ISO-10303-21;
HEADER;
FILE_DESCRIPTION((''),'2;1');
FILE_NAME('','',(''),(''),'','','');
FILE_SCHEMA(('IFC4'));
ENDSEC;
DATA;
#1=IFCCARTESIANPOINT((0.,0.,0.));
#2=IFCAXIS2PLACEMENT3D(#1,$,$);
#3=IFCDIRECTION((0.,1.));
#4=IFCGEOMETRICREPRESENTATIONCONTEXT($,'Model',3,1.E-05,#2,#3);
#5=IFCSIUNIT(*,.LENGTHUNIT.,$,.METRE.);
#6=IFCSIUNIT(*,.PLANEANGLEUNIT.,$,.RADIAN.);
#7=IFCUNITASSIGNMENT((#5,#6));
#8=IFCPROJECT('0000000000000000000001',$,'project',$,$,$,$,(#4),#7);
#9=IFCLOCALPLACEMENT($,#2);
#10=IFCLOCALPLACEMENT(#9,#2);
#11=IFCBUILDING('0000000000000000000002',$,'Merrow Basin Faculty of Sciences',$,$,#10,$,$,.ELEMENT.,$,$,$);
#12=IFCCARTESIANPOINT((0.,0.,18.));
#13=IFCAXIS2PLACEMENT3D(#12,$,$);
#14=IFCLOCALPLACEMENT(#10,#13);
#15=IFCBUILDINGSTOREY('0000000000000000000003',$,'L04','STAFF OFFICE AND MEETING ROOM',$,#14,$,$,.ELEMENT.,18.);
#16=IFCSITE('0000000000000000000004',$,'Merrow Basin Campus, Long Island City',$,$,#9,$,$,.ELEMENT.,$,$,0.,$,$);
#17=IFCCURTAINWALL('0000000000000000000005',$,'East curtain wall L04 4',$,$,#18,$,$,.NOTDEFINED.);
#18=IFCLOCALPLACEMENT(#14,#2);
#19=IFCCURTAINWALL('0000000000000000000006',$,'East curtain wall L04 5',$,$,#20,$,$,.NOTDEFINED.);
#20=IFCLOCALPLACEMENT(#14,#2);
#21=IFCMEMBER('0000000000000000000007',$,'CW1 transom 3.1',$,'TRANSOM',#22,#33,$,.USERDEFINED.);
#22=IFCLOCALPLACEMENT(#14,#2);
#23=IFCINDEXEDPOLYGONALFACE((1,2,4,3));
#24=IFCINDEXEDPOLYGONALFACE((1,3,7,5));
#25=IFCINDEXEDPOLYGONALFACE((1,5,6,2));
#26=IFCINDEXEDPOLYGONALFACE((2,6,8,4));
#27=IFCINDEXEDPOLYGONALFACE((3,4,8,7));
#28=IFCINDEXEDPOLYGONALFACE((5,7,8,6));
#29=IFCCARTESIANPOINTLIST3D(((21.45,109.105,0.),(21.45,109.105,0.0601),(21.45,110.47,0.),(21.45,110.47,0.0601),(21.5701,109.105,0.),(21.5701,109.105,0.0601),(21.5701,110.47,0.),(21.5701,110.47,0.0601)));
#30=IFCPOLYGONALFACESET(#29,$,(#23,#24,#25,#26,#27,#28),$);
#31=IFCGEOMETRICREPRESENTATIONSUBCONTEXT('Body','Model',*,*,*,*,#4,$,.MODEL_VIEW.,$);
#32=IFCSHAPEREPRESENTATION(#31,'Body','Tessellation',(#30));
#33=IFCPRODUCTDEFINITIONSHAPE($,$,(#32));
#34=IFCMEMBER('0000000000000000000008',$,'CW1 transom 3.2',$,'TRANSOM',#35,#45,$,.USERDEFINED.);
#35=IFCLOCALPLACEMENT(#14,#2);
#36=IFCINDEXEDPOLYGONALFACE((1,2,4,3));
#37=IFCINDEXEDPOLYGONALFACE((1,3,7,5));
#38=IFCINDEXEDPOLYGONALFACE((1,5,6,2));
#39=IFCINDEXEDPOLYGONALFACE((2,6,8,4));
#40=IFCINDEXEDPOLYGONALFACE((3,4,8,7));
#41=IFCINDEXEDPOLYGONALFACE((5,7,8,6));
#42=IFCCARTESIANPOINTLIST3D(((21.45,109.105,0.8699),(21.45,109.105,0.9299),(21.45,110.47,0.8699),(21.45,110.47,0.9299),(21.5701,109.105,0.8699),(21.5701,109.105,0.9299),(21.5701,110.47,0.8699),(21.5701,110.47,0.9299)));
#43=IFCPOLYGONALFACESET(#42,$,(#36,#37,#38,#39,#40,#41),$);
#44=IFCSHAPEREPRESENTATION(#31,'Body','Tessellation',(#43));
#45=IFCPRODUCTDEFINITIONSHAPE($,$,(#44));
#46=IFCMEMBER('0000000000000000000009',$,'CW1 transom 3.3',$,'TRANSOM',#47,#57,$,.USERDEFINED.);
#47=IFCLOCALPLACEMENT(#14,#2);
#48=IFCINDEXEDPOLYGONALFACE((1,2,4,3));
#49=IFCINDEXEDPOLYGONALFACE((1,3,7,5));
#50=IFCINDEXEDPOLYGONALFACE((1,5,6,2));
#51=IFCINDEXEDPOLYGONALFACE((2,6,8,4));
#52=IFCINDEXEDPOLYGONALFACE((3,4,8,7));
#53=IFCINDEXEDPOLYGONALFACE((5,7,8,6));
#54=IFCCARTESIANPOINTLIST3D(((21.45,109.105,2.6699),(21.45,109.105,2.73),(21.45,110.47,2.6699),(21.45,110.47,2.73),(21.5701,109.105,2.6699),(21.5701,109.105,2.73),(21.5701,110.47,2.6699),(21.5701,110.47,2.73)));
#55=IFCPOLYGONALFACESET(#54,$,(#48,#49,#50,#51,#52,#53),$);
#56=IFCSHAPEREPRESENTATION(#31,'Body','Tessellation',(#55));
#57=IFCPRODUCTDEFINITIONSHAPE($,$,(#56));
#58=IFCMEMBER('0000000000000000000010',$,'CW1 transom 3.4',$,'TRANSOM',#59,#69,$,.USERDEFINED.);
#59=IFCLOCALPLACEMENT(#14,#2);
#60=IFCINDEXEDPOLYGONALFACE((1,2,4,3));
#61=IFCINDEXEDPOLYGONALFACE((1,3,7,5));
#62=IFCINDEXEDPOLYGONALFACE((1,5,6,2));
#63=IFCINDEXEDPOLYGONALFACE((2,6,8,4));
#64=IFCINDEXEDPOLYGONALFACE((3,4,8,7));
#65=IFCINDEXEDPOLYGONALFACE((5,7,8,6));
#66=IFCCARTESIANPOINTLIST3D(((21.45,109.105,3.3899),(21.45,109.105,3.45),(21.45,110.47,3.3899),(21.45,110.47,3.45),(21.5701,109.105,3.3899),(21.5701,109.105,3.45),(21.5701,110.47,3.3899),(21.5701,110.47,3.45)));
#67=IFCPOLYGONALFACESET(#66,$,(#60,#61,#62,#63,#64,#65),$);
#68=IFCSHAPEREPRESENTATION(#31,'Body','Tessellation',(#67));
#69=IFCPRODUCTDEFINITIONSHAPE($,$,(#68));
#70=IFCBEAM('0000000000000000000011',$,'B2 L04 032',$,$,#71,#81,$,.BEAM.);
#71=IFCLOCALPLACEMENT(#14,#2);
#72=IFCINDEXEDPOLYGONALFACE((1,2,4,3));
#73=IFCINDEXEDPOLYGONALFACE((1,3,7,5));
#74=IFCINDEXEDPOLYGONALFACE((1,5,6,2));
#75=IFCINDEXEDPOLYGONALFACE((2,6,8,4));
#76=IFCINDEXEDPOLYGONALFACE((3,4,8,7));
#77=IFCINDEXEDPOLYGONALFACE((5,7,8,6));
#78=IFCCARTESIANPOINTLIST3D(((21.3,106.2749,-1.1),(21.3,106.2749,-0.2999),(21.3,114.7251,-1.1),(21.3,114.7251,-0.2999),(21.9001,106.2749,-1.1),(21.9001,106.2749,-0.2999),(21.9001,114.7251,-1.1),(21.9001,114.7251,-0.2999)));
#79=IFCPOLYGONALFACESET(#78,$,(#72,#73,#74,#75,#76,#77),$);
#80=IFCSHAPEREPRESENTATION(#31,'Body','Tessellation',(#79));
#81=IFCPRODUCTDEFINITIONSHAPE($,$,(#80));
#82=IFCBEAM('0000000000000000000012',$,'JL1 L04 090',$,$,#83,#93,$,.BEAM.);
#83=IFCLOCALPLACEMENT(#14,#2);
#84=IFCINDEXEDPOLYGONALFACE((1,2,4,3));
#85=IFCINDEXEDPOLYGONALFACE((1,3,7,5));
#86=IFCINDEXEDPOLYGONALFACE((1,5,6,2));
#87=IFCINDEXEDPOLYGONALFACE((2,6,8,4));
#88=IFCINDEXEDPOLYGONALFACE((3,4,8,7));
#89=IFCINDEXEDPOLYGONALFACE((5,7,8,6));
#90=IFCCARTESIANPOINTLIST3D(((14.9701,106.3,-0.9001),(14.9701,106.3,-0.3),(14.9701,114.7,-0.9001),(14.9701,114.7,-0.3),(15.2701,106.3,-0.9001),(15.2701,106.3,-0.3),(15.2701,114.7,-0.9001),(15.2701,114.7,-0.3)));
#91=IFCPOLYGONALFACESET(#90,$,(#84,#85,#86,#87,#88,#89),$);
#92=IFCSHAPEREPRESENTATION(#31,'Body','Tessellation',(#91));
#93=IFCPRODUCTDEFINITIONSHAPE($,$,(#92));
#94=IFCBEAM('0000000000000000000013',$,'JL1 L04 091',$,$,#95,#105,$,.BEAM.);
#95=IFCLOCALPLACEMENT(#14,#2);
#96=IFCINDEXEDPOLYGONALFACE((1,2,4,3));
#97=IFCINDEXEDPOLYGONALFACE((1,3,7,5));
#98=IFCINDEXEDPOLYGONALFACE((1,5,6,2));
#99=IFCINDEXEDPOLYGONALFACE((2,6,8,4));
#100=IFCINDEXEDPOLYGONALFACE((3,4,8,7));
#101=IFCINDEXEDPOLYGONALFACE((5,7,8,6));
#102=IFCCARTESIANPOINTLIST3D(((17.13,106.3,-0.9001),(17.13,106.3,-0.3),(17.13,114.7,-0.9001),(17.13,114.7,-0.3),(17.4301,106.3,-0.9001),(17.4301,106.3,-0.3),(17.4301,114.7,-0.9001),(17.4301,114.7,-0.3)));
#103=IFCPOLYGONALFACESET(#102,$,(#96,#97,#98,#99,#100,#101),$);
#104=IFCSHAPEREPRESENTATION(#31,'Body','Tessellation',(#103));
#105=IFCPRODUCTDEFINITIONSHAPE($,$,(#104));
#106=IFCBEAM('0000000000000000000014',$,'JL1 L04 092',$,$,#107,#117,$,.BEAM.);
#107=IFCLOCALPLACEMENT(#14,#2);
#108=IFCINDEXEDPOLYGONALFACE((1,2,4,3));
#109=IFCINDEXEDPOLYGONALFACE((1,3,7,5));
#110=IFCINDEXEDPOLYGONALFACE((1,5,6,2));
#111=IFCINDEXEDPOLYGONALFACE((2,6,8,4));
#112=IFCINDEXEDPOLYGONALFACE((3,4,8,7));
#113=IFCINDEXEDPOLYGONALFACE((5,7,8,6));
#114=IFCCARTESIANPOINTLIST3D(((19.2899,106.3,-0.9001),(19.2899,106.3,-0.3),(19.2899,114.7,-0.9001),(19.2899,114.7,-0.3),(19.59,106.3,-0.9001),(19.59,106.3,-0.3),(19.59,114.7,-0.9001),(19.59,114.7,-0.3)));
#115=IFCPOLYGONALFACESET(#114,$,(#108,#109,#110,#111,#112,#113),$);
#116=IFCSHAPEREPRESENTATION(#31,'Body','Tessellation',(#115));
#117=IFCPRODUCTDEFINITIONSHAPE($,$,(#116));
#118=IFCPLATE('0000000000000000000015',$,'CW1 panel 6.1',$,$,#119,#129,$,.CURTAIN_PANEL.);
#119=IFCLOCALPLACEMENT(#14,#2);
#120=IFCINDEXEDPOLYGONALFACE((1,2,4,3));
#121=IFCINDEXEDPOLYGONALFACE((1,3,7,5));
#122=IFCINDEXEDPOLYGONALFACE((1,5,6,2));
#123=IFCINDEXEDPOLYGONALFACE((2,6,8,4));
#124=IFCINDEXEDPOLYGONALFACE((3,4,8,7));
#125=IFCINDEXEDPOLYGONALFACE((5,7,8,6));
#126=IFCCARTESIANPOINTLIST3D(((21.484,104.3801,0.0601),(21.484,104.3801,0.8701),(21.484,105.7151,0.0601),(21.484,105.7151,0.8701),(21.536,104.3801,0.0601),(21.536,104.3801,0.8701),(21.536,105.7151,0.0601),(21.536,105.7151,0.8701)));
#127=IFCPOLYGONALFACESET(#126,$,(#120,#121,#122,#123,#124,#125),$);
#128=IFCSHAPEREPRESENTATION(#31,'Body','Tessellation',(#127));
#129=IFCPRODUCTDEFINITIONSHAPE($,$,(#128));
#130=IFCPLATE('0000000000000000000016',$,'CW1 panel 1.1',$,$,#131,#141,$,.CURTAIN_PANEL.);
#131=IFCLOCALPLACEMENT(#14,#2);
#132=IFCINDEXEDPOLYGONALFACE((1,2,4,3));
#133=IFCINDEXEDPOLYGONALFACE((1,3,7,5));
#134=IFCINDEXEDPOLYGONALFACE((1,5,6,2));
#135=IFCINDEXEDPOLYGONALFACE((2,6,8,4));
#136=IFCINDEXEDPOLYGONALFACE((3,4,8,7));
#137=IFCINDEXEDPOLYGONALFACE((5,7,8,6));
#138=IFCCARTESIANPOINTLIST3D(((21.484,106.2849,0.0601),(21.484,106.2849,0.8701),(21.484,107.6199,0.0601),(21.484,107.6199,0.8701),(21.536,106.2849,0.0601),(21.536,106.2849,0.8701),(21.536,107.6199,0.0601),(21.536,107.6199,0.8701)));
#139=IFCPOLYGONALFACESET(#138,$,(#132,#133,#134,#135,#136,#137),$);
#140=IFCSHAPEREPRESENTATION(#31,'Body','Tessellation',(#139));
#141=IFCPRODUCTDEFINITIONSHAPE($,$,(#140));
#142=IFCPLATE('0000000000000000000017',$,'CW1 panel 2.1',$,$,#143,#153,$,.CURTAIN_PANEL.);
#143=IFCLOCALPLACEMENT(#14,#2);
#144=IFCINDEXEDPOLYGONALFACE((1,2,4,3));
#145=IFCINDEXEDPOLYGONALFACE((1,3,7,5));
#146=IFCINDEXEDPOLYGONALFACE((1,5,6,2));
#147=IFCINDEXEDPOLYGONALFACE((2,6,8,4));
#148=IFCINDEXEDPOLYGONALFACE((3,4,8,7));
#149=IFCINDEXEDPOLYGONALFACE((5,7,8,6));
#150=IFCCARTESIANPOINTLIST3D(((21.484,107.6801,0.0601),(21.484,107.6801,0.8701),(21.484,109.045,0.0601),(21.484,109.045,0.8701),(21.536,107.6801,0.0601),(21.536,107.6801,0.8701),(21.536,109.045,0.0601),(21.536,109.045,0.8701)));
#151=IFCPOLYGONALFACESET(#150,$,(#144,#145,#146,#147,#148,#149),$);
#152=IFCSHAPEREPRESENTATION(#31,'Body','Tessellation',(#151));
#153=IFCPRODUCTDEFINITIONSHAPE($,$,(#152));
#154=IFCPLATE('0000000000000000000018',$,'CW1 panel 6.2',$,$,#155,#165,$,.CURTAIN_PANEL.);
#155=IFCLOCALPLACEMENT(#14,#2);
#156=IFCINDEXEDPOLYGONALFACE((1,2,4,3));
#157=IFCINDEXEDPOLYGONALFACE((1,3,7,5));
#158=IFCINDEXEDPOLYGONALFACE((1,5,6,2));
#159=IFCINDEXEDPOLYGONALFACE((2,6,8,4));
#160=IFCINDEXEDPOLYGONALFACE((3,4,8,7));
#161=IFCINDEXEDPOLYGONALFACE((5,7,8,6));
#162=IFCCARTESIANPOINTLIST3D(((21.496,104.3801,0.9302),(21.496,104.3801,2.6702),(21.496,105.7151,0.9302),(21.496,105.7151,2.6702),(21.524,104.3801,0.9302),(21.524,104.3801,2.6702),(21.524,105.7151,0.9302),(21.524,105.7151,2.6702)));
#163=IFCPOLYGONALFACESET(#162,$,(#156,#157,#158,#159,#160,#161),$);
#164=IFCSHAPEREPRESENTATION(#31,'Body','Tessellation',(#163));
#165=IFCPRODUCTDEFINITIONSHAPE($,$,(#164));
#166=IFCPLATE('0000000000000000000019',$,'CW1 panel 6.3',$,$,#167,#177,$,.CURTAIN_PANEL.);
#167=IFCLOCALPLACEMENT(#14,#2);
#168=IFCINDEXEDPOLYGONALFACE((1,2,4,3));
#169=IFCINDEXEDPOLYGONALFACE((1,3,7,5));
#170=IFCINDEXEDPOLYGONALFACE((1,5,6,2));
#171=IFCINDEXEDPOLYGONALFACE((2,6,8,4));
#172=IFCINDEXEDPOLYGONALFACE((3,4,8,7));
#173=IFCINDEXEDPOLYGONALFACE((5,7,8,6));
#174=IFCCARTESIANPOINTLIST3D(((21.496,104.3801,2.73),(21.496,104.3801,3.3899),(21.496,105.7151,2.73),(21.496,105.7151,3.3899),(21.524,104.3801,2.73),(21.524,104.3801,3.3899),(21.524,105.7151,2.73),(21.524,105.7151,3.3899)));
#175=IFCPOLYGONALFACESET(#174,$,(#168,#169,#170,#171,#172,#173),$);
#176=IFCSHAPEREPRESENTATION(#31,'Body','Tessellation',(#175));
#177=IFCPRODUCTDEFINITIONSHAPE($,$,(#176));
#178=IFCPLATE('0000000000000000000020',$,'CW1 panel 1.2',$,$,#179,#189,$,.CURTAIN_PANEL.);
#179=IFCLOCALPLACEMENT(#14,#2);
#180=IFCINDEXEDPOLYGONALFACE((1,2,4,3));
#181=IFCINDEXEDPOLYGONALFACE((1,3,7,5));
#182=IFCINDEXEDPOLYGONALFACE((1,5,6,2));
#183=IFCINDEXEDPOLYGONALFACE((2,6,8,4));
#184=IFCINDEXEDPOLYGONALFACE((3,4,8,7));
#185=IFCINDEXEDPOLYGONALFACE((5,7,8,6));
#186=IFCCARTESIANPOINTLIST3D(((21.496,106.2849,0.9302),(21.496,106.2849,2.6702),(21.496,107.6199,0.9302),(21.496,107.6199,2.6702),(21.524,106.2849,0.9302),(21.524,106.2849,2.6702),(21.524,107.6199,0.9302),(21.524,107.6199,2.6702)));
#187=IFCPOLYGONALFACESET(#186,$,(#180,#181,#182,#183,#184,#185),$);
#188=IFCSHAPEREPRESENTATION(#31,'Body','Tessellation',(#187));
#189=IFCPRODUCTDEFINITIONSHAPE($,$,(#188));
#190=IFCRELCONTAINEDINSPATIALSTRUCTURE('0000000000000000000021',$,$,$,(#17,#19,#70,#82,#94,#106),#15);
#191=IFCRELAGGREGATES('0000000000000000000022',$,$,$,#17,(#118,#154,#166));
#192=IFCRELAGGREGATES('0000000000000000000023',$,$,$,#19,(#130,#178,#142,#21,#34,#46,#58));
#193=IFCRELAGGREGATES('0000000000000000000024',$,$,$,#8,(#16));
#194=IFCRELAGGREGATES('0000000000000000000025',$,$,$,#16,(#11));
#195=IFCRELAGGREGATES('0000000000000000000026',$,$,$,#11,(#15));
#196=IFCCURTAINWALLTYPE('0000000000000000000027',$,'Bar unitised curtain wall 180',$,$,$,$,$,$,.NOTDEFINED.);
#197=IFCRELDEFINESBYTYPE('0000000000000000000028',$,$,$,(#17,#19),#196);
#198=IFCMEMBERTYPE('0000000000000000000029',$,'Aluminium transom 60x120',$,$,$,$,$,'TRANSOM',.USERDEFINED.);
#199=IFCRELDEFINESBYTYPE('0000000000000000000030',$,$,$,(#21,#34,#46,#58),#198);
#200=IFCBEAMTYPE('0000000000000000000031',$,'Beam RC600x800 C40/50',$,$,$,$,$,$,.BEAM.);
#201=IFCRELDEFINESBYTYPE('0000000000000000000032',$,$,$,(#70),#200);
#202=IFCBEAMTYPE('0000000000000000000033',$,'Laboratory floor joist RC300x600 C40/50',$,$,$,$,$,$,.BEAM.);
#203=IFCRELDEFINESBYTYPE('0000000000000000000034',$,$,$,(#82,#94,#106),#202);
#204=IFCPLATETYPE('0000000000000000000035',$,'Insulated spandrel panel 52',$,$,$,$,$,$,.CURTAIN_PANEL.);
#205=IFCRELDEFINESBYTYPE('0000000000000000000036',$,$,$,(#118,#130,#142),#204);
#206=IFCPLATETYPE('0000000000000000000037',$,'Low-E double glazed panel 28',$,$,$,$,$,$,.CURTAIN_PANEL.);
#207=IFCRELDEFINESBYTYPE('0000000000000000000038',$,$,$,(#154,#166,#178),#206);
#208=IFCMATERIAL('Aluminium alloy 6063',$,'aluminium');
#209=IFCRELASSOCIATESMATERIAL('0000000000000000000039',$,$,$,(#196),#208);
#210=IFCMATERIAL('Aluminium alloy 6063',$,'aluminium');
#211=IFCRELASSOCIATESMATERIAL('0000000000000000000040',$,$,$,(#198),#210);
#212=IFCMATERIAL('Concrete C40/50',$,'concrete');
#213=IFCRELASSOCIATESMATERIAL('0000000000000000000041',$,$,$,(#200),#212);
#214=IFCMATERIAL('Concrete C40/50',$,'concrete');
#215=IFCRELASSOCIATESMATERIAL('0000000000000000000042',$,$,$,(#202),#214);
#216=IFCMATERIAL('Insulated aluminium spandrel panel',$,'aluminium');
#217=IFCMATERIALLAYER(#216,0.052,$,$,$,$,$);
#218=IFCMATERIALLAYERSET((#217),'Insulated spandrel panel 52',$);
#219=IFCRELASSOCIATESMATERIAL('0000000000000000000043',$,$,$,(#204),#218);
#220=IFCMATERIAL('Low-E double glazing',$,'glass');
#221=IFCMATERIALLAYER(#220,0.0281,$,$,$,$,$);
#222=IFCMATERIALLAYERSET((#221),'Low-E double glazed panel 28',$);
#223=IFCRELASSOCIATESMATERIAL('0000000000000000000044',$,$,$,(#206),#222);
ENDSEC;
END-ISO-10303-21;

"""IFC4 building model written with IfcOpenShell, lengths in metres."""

from ifc_helpers import new_model, si_unit, direction, frame, origin, origin_2d, place, context, subcontext, project, spatial, rectangle, extrude, material, layer, layer_set, material_profile, profile_set, type_object, element, aggregate, save


model = new_model("IFC4")

# Units and contexts
model_context = context("Model", 3, precision=1e-05, world=origin(), true_north=direction((0.0, 1.0)))
body_context = subcontext(model_context, "Body", "Model", "MODEL_VIEW")
ifc_project = project(units=[si_unit("LENGTHUNIT", "METRE"), si_unit("PLANEANGLEUNIT", "RADIAN")], contexts=[model_context])

# Site, building, storey
site_placement = place(None, origin())
site = spatial("IfcSite", under=ifc_project, at=site_placement, Name="Merrow Basin Campus, Long Island City", CompositionType="ELEMENT", RefElevation=0.0)
building_placement = place(site_placement, origin())
building = spatial("IfcBuilding", under=site, at=building_placement, Name="Merrow Basin Faculty of Sciences", CompositionType="ELEMENT")
storey_placement = place(building_placement, frame((0.0, 0.0, 18.0)))
storey = spatial("IfcBuildingStorey", under=building, at=storey_placement, Name="L04", Description="STAFF OFFICE AND MEETING ROOM", CompositionType="ELEMENT", Elevation=18.0)

# Curtain wall
ifc_material_1 = material(Name="Aluminium alloy 6063", Category="aluminium")
curtain_wall_type = type_object("IfcCurtainWallType", Name="Bar unitised curtain wall 180", PredefinedType="NOTDEFINED", material=ifc_material_1)
curtain_wall_1_placement = place(storey_placement, origin())
curtain_wall_1 = element("IfcCurtainWall", 1, at=curtain_wall_1_placement, inside=storey, type_object=curtain_wall_type, Name="East curtain wall L04 4", PredefinedType="NOTDEFINED")

# Curtain wall
curtain_wall_2_placement = place(storey_placement, origin())
curtain_wall_2 = element("IfcCurtainWall", 2, at=curtain_wall_2_placement, inside=storey, type_object=curtain_wall_type, Name="East curtain wall L04 5", PredefinedType="NOTDEFINED")

# Members
ifc_material_2 = material(Name="Aluminium alloy 6063", Category="aluminium")
ifc_material_profile_1 = material_profile(ifc_material_2, rectangle(XDim=0.1201, YDim=0.0601, at=origin_2d()))
ifc_profile_set_1 = profile_set([ifc_material_profile_1], Name="Aluminium alloy 6063")
member_type_1 = type_object("IfcMemberType", Name="Aluminium transom 60x120", ElementType="TRANSOM", PredefinedType="USERDEFINED", material=ifc_profile_set_1)
member_1_placement = place(storey_placement, frame((21.51, 109.105, 0.03), z_axis=(0.0, 1.0, 0.0), x_axis=(-1.0, 0.0, 0.0)))
member_1 = element("IfcMember", 3, at=member_1_placement, type_object=member_type_1, Name="CW1 transom 3.1", ObjectType="TRANSOM", PredefinedType="USERDEFINED", context=body_context, shape_type="SweptSolid", body=[
    extrude(rectangle(XDim=0.1201, YDim=0.0601, at=origin_2d()), origin(), (0.0, 0.0, 1.0), 1.365),
])
member_2_placement = place(storey_placement, frame((21.51, 109.105, 0.8999), z_axis=(0.0, 1.0, 0.0), x_axis=(-1.0, 0.0, 0.0)))
member_2 = element("IfcMember", 4, at=member_2_placement, type_object=member_type_1, Name="CW1 transom 3.2", ObjectType="TRANSOM", PredefinedType="USERDEFINED", context=body_context, shape_type="SweptSolid", body=[
    extrude(rectangle(XDim=0.1201, YDim=0.0601, at=origin_2d()), origin(), (0.0, 0.0, 1.0), 1.365),
])
member_3_placement = place(storey_placement, frame((21.51, 109.105, 2.7), z_axis=(0.0, 1.0, 0.0), x_axis=(-1.0, 0.0, 0.0)))
member_3 = element("IfcMember", 5, at=member_3_placement, type_object=member_type_1, Name="CW1 transom 3.3", ObjectType="TRANSOM", PredefinedType="USERDEFINED", context=body_context, shape_type="SweptSolid", body=[
    extrude(rectangle(XDim=0.1201, YDim=0.0601, at=origin_2d()), origin(), (0.0, 0.0, 1.0), 1.365),
])
member_4_placement = place(storey_placement, frame((21.51, 109.105, 3.4199), z_axis=(0.0, 1.0, 0.0), x_axis=(-1.0, 0.0, 0.0)))
member_4 = element("IfcMember", 6, at=member_4_placement, type_object=member_type_1, Name="CW1 transom 3.4", ObjectType="TRANSOM", PredefinedType="USERDEFINED", context=body_context, shape_type="SweptSolid", body=[
    extrude(rectangle(XDim=0.1201, YDim=0.0601, at=origin_2d()), origin(), (0.0, 0.0, 1.0), 1.365),
])

# Beams
ifc_material_3 = material(Name="Concrete C40/50", Category="concrete")
ifc_material_profile_2 = material_profile(ifc_material_3, rectangle(XDim=0.6001, YDim=0.8, at=origin_2d()))
ifc_profile_set_2 = profile_set([ifc_material_profile_2], Name="Concrete C40/50")
beam_type_1 = type_object("IfcBeamType", Name="Beam RC600x800 C40/50", PredefinedType="BEAM", material=ifc_profile_set_2)
beam_placement = place(storey_placement, frame((21.6001, 106.2749, -0.7), z_axis=(0.0, 1.0, 0.0), x_axis=(-1.0, 0.0, 0.0)))
element("IfcBeam", 7, at=beam_placement, inside=storey, type_object=beam_type_1, Name="B2 L04 032", PredefinedType="BEAM", context=body_context, shape_type="SweptSolid", body=[
    extrude(rectangle(XDim=0.6001, YDim=0.8, at=origin_2d()), origin(), (0.0, 0.0, 1.0), 8.4502),
])
ifc_material_4 = material(Name="Concrete C40/50", Category="concrete")
ifc_material_profile_3 = material_profile(ifc_material_4, rectangle(XDim=0.3, YDim=0.6001, at=origin_2d()))
ifc_profile_set_3 = profile_set([ifc_material_profile_3], Name="Concrete C40/50")
beam_type_2 = type_object("IfcBeamType", Name="Laboratory floor joist RC300x600 C40/50", PredefinedType="BEAM", material=ifc_profile_set_3)
for number, where, z_axis, x_axis, name in (
    (8, (15.1201, 106.3, -0.6001), (0.0, 1.0, 0.0), (-1.0, 0.0, 0.0), "JL1 L04 090"),
    (9, (17.28, 106.3, -0.6001), (0.0, 1.0, 0.0), (-1.0, 0.0, 0.0), "JL1 L04 091"),
    (10, (19.4399, 106.3, -0.6001), (0.0, 1.0, 0.0), (-1.0, 0.0, 0.0), "JL1 L04 092"),
):
    element("IfcBeam", number, at=place(storey_placement, frame(where, z_axis=z_axis, x_axis=x_axis)), inside=storey, type_object=beam_type_2, Name=name, PredefinedType="BEAM", context=body_context, shape_type="SweptSolid", body=[
        extrude(rectangle(XDim=0.3, YDim=0.6001, at=origin_2d()), origin(), (0.0, 0.0, 1.0), 8.3999),
    ])

# Plates
ifc_material_5 = material(Name="Insulated aluminium spandrel panel", Category="aluminium")
ifc_layer_1 = layer(ifc_material_5, 0.052)
ifc_layer_set_1 = layer_set([ifc_layer_1], Name="Insulated spandrel panel 52")
plate_type_1 = type_object("IfcPlateType", Name="Insulated spandrel panel 52", PredefinedType="CURTAIN_PANEL", material=ifc_layer_set_1)
plate_1_placement = place(storey_placement, frame((21.51, 105.0476, 0.0601), z_axis=(0.0, 0.0, 1.0), x_axis=(0.0, 1.0, 0.0)))
plate_1 = element("IfcPlate", 11, at=plate_1_placement, type_object=plate_type_1, Name="CW1 panel 6.1", PredefinedType="CURTAIN_PANEL", context=body_context, shape_type="SweptSolid", body=[
    extrude(rectangle(XDim=1.335, YDim=0.052, at=origin_2d()), origin(), (0.0, 0.0, 1.0), 0.8101),
])
plate_2_placement = place(storey_placement, frame((21.51, 106.9524, 0.0601), z_axis=(0.0, 0.0, 1.0), x_axis=(0.0, 1.0, 0.0)))
plate_2 = element("IfcPlate", 12, at=plate_2_placement, type_object=plate_type_1, Name="CW1 panel 1.1", PredefinedType="CURTAIN_PANEL", context=body_context, shape_type="SweptSolid", body=[
    extrude(rectangle(XDim=1.335, YDim=0.052, at=origin_2d()), origin(), (0.0, 0.0, 1.0), 0.8101),
])
plate_3_placement = place(storey_placement, frame((21.51, 108.3625, 0.0601), z_axis=(0.0, 0.0, 1.0), x_axis=(0.0, 1.0, 0.0)))
plate_3 = element("IfcPlate", 13, at=plate_3_placement, type_object=plate_type_1, Name="CW1 panel 2.1", PredefinedType="CURTAIN_PANEL", context=body_context, shape_type="SweptSolid", body=[
    extrude(rectangle(XDim=1.365, YDim=0.052, at=origin_2d()), origin(), (0.0, 0.0, 1.0), 0.8101),
])
ifc_material_6 = material(Name="Low-E double glazing", Category="glass")
ifc_layer_2 = layer(ifc_material_6, 0.0281)
ifc_layer_set_2 = layer_set([ifc_layer_2], Name="Low-E double glazed panel 28")
plate_type_2 = type_object("IfcPlateType", Name="Low-E double glazed panel 28", PredefinedType="CURTAIN_PANEL", material=ifc_layer_set_2)
plate_4_placement = place(storey_placement, frame((21.51, 105.0476, 0.9302), z_axis=(0.0, 0.0, 1.0), x_axis=(0.0, 1.0, 0.0)))
plate_4 = element("IfcPlate", 14, at=plate_4_placement, type_object=plate_type_2, Name="CW1 panel 6.2", PredefinedType="CURTAIN_PANEL", context=body_context, shape_type="SweptSolid", body=[
    extrude(rectangle(XDim=1.335, YDim=0.0281, at=origin_2d()), origin(), (0.0, 0.0, 1.0), 1.74),
])
plate_5_placement = place(storey_placement, frame((21.51, 105.0476, 2.73), z_axis=(0.0, 0.0, 1.0), x_axis=(0.0, 1.0, 0.0)))
plate_5 = element("IfcPlate", 15, at=plate_5_placement, type_object=plate_type_2, Name="CW1 panel 6.3", PredefinedType="CURTAIN_PANEL", context=body_context, shape_type="SweptSolid", body=[
    extrude(rectangle(XDim=1.335, YDim=0.0281, at=origin_2d()), origin(), (0.0, 0.0, 1.0), 0.6599),
])
aggregate(curtain_wall_1, [plate_1, plate_4, plate_5])
plate_6_placement = place(storey_placement, frame((21.51, 106.9524, 0.9302), z_axis=(0.0, 0.0, 1.0), x_axis=(0.0, 1.0, 0.0)))
plate_6 = element("IfcPlate", 16, at=plate_6_placement, type_object=plate_type_2, Name="CW1 panel 1.2", PredefinedType="CURTAIN_PANEL", context=body_context, shape_type="SweptSolid", body=[
    extrude(rectangle(XDim=1.335, YDim=0.0281, at=origin_2d()), origin(), (0.0, 0.0, 1.0), 1.74),
])
aggregate(curtain_wall_2, [plate_2, plate_6, plate_3, member_1, member_2, member_3, member_4])

save(model, "model.ifc")
